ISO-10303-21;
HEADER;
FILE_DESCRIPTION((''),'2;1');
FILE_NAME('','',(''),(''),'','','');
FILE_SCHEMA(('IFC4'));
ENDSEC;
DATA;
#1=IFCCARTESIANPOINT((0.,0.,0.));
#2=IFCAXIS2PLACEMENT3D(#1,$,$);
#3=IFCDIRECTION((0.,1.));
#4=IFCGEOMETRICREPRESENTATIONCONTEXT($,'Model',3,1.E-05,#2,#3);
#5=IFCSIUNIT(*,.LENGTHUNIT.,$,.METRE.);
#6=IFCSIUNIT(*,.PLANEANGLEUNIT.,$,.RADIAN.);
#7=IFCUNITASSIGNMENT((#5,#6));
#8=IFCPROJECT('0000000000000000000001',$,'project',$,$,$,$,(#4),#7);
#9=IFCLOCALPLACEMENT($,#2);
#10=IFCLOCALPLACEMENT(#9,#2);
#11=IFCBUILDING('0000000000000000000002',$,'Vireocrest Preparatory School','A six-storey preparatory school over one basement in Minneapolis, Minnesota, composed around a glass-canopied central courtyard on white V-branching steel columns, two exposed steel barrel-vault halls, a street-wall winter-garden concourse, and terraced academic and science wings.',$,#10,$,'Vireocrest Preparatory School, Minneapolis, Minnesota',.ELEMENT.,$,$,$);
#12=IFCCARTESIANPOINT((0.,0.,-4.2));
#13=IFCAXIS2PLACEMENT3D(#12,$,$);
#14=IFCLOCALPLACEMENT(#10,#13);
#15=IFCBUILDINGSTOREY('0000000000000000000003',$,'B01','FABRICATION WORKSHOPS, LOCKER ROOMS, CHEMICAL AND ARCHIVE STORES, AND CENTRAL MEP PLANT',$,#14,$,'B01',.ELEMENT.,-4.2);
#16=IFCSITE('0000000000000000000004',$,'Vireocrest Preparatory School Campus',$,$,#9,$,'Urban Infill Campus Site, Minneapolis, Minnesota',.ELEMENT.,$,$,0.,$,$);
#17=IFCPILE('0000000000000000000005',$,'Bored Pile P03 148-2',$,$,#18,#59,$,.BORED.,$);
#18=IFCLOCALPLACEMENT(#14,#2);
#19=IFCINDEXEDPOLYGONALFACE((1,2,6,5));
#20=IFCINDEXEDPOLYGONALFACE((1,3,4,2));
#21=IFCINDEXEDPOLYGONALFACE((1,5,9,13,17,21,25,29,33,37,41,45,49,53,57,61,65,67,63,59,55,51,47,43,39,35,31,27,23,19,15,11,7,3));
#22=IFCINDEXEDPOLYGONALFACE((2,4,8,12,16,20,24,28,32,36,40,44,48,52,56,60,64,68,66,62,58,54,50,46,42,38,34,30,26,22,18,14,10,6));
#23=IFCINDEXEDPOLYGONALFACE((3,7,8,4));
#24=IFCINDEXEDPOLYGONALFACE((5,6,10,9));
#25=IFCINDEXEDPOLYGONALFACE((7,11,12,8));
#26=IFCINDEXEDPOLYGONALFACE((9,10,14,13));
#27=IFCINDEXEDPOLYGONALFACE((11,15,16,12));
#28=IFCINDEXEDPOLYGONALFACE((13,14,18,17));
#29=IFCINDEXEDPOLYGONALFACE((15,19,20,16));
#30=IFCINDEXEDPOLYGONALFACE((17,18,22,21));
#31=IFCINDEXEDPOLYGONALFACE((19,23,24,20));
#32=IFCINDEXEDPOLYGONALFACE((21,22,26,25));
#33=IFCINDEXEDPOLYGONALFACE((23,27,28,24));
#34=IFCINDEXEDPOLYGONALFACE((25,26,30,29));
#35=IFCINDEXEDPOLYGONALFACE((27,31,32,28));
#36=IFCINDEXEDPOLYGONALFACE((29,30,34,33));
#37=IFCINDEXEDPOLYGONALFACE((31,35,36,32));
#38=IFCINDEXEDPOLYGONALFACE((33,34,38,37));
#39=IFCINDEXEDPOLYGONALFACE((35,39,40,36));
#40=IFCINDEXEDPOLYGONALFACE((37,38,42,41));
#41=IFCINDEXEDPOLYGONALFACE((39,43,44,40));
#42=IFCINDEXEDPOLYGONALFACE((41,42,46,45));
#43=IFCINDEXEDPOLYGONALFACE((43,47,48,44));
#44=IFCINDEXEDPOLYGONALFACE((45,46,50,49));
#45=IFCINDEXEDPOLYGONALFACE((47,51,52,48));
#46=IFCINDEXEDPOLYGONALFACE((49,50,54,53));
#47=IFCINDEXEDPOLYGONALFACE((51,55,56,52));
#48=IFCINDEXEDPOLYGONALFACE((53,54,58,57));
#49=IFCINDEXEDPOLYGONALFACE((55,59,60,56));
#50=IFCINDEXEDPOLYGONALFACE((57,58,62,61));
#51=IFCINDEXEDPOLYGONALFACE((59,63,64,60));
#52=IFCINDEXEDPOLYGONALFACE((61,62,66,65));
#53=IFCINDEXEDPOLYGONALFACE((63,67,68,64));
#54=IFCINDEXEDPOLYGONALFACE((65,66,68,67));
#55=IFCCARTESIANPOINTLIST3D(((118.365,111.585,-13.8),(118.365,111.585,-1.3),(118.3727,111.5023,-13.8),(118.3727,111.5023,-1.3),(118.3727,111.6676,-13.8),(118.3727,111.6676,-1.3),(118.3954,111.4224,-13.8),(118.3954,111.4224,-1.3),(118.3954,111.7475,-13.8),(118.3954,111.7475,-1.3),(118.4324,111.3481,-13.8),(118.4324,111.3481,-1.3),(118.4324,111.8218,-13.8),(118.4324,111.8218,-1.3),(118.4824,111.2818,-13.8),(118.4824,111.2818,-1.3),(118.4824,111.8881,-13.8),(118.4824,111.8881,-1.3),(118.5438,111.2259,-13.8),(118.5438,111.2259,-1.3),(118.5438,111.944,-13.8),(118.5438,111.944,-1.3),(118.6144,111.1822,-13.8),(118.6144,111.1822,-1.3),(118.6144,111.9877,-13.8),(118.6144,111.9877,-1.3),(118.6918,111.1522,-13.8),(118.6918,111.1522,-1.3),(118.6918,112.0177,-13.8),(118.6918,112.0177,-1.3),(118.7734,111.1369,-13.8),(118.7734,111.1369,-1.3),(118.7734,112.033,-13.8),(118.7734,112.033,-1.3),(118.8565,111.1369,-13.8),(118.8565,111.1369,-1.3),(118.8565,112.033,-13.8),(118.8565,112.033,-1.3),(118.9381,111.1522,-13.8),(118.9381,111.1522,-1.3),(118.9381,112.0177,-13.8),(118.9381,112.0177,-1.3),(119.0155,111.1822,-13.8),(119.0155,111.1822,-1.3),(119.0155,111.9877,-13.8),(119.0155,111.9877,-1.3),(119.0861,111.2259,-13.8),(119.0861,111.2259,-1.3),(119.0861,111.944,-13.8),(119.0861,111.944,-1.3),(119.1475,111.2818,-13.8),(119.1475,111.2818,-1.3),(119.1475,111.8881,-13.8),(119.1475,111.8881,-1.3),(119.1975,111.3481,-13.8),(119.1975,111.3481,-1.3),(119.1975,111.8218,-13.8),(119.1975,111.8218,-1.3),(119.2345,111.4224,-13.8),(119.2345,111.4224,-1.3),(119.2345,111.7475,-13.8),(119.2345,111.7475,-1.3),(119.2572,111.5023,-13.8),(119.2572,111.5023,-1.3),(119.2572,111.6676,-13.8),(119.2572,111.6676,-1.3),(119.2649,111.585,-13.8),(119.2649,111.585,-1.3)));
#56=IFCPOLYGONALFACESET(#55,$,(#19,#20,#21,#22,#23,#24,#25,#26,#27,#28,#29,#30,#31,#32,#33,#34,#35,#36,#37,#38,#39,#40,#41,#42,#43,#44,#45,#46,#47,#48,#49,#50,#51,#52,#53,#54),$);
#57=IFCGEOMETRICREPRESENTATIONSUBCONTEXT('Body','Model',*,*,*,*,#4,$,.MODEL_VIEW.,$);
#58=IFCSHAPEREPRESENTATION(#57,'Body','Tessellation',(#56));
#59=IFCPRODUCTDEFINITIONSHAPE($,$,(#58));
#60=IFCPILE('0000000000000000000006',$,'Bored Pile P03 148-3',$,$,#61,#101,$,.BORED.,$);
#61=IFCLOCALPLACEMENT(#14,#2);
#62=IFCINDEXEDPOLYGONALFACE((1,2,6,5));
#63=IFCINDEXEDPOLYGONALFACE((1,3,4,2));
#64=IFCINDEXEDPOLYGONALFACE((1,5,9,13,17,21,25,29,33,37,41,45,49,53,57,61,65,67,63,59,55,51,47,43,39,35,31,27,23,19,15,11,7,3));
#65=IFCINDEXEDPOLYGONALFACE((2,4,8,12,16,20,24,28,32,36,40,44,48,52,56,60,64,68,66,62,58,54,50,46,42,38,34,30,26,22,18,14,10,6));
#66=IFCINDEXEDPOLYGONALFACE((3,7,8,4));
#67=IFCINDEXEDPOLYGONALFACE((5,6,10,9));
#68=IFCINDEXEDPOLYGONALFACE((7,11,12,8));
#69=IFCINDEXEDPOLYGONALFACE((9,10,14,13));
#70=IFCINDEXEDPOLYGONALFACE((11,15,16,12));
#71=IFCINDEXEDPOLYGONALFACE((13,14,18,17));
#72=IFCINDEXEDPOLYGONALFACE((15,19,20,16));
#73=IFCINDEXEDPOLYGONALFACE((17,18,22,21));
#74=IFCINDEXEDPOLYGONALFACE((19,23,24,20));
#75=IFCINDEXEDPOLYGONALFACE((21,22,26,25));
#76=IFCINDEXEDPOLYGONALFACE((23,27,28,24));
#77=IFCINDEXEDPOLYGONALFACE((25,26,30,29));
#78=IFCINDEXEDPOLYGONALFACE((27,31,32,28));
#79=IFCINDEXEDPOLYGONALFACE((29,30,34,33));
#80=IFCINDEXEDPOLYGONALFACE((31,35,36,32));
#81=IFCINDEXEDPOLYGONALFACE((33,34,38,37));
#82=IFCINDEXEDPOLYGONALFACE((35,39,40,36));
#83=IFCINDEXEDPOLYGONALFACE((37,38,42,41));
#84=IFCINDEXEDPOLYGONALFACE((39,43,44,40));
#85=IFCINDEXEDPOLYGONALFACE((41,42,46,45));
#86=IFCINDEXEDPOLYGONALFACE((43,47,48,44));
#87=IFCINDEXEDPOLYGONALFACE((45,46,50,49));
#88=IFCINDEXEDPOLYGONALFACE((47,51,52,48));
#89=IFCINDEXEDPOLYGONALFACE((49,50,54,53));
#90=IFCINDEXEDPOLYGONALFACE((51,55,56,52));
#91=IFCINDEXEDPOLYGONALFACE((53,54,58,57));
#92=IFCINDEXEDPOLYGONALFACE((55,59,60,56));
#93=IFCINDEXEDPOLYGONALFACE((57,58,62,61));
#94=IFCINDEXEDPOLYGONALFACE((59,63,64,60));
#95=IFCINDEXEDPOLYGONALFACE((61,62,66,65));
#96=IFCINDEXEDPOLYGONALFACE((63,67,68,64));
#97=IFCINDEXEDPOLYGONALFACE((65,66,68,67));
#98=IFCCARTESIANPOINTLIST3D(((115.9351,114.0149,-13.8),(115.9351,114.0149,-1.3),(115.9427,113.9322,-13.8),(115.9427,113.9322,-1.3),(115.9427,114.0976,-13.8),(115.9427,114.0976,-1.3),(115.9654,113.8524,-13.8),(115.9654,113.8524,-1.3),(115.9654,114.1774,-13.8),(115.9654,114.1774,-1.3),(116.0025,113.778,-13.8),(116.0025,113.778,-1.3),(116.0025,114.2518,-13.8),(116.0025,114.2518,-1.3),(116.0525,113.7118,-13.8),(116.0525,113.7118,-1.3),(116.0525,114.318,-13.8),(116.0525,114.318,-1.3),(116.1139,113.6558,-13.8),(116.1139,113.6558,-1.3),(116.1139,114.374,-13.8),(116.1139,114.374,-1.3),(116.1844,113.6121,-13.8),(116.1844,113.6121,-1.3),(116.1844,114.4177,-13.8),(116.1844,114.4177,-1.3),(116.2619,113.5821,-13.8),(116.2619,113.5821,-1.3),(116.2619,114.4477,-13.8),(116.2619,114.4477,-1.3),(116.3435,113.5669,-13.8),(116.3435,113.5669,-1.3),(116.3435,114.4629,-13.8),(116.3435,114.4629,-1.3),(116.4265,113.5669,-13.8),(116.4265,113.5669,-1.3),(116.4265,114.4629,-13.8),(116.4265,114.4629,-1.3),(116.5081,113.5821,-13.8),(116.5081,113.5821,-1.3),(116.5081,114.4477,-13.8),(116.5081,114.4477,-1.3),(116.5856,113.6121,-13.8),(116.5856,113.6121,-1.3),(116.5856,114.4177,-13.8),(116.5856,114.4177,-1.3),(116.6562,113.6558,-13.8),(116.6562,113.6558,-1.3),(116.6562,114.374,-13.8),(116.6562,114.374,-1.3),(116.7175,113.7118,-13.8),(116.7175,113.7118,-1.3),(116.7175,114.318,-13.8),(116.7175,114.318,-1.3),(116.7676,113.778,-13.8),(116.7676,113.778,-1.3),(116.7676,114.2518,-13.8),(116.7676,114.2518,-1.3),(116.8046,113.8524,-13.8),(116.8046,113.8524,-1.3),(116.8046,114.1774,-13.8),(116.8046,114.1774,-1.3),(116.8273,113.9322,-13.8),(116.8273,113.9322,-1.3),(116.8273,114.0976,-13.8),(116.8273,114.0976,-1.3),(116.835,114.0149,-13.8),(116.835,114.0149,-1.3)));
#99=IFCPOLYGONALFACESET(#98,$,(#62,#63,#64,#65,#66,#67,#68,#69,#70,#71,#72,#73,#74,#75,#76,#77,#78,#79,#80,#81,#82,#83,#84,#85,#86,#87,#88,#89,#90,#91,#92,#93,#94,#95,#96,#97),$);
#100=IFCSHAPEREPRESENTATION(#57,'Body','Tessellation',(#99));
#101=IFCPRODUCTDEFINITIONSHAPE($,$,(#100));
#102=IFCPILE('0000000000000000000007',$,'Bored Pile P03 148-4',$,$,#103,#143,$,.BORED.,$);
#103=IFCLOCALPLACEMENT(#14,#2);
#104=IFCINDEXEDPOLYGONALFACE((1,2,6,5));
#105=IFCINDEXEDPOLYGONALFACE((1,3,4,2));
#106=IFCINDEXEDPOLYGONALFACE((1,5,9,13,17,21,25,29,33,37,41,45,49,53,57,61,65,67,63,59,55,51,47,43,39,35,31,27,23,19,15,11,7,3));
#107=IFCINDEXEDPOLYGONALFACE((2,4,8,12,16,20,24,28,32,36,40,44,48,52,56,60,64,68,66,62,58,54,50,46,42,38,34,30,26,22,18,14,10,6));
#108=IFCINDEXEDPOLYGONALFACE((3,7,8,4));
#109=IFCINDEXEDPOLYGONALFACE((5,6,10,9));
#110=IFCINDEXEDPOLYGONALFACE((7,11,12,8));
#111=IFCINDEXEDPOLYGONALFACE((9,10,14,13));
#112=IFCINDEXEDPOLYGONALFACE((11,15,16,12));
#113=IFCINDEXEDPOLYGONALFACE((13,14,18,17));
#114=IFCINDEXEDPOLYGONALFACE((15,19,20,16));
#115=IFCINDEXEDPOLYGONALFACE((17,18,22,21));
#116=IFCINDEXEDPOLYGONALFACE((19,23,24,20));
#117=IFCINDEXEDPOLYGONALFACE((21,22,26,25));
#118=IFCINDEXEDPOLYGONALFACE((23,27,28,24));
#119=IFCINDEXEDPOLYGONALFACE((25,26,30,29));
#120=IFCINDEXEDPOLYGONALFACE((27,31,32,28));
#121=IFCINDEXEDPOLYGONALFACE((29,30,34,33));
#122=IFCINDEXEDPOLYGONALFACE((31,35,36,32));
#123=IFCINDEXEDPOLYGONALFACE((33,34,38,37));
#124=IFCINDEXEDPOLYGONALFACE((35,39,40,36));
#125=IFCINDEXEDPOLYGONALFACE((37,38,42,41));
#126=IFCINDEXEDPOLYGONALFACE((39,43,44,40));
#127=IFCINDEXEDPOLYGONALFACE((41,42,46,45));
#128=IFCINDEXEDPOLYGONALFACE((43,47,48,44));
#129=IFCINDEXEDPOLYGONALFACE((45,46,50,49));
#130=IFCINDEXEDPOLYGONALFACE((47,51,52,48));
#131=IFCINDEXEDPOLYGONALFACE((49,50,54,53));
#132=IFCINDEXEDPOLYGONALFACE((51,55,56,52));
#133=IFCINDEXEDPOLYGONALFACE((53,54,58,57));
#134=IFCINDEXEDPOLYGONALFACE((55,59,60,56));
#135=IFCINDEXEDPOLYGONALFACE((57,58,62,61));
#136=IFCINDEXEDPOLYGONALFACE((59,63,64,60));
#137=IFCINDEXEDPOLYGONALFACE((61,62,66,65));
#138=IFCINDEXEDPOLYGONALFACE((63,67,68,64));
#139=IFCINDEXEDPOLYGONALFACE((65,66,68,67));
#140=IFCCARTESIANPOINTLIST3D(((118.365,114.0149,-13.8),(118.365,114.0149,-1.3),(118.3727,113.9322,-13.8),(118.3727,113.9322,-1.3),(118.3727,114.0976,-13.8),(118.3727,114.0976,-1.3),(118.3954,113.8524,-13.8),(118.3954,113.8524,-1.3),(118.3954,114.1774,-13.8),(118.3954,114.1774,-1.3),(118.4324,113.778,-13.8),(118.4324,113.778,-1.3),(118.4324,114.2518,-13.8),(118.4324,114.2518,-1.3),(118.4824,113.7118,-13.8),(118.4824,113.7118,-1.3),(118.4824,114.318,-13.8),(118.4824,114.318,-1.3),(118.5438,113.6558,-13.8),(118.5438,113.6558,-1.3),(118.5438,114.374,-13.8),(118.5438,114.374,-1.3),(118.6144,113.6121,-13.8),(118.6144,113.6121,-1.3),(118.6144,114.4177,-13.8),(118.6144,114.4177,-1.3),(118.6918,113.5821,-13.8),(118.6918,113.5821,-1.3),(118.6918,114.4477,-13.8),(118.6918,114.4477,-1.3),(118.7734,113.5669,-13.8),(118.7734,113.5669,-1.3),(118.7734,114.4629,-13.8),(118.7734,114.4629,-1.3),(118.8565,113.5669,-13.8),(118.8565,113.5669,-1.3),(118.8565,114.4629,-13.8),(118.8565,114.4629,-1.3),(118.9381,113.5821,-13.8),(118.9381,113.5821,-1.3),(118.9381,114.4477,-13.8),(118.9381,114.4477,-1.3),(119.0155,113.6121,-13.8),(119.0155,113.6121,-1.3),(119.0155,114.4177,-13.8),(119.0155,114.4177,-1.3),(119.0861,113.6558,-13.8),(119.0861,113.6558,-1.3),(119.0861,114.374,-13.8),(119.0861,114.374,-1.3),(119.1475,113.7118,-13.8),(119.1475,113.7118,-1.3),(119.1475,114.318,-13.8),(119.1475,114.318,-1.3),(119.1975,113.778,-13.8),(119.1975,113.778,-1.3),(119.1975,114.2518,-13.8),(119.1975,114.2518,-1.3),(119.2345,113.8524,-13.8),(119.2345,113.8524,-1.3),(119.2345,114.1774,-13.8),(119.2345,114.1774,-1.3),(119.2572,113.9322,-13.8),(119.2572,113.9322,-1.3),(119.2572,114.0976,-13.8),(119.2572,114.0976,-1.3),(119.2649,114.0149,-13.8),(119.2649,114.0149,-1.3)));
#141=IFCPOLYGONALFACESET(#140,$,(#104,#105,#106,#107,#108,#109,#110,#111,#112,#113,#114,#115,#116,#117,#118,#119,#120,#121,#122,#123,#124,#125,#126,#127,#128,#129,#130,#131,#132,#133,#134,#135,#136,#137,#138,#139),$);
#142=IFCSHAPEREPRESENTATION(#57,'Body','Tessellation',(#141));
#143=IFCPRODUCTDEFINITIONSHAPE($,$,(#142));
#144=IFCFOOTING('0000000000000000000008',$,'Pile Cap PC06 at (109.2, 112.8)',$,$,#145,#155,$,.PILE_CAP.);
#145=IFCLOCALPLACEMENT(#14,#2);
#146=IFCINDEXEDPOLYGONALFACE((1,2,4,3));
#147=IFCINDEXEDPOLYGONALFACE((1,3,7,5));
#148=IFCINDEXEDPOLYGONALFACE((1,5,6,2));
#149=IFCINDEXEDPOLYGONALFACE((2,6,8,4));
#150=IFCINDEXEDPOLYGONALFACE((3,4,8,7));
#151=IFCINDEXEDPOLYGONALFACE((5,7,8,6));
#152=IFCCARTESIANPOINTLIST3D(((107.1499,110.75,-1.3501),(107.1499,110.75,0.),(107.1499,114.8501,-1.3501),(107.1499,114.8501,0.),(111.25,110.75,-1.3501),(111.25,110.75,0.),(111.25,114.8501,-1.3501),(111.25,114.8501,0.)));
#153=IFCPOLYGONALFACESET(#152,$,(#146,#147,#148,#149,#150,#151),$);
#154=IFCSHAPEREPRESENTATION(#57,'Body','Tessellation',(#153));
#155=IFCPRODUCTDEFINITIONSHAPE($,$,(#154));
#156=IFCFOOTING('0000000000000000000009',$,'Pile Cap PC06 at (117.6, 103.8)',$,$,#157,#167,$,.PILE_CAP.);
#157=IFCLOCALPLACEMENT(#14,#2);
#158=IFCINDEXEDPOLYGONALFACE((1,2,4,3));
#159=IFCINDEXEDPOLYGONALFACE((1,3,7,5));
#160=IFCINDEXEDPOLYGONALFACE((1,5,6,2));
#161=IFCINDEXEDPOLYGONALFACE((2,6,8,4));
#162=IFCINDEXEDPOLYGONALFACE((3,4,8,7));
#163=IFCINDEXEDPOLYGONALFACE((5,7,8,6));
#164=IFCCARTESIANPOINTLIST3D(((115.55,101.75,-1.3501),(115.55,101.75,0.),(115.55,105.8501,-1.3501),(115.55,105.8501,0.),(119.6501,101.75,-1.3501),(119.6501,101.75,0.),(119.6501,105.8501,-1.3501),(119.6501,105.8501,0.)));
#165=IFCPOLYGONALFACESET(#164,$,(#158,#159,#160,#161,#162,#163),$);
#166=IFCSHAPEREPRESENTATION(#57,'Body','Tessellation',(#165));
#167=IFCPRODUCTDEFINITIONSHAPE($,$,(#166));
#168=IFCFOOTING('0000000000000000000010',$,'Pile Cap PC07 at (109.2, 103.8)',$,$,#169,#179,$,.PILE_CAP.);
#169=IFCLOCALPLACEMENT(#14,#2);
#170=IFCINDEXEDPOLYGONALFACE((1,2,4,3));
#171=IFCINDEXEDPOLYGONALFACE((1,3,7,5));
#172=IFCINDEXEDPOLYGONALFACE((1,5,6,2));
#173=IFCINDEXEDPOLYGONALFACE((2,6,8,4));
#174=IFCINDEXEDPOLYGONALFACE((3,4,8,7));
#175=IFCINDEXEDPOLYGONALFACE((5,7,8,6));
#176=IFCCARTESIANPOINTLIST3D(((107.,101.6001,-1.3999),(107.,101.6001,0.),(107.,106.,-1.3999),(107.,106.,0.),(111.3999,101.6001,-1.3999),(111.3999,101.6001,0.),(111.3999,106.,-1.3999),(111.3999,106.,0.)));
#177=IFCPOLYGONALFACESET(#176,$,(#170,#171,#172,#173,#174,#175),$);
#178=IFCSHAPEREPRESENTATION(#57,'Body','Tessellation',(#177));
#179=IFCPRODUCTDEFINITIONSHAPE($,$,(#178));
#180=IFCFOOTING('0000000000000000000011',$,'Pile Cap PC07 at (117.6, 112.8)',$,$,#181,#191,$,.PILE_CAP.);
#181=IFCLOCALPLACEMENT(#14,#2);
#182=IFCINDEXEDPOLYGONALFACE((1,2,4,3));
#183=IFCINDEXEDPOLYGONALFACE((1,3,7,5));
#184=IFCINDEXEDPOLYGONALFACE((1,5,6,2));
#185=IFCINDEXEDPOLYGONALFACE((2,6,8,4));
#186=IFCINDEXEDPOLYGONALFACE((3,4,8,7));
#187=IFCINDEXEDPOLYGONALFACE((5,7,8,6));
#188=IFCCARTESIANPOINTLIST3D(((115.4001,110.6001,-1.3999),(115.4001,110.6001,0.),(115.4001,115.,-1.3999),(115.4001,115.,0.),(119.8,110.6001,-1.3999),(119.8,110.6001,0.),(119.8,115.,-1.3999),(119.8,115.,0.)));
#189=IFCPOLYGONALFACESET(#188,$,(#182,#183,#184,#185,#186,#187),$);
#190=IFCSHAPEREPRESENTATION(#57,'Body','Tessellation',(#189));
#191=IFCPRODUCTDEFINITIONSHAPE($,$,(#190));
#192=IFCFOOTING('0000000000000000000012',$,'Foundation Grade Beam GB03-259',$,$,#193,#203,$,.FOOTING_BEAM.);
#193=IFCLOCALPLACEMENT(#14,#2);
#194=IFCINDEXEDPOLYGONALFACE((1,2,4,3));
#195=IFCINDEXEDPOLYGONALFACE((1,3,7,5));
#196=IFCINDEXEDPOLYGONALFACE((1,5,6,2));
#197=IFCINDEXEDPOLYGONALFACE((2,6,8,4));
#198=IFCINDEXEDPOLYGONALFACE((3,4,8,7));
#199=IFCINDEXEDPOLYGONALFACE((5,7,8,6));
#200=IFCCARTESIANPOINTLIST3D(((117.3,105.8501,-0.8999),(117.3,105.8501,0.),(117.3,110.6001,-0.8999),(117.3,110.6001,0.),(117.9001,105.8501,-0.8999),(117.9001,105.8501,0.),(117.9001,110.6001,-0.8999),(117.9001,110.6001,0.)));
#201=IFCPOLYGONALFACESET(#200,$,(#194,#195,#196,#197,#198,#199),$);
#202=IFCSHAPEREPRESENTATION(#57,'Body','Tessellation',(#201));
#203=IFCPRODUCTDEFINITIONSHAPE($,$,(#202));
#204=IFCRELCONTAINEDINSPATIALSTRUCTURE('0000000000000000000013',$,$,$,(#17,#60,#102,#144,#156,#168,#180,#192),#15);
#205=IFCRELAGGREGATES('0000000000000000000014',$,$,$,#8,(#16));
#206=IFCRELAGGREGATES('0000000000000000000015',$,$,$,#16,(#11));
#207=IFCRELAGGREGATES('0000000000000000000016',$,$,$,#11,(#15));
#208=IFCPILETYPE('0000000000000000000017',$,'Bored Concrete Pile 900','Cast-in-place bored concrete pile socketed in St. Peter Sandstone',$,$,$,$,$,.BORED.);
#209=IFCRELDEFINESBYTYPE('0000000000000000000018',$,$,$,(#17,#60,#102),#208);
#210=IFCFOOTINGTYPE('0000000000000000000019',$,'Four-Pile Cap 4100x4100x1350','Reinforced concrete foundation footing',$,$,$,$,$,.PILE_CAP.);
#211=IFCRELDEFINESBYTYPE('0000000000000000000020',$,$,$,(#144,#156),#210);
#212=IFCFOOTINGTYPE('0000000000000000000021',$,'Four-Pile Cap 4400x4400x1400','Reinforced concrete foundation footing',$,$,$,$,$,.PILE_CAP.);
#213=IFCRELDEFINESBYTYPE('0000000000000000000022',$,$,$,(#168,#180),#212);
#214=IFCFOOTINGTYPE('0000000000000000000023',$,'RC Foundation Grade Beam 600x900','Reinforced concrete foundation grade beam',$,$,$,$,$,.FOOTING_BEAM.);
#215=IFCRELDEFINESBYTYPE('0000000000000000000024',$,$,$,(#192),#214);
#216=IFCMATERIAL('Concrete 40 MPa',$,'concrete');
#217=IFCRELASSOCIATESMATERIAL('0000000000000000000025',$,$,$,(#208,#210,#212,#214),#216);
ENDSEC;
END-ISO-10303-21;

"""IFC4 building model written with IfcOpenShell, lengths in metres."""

from ifc_helpers import new_model, si_unit, direction, frame, origin, origin_2d, place, context, subcontext, project, spatial, rectangle, circle, extrude, material, material_profile, profile_set, type_object, element, save


model = new_model("IFC4")

# Units and contexts
model_context = context("Model", 3, precision=1e-05, world=origin(), true_north=direction((0.0, 1.0)))
body_context = subcontext(model_context, "Body", "Model", "MODEL_VIEW")
ifc_project = project(units=[si_unit("LENGTHUNIT", "METRE"), si_unit("PLANEANGLEUNIT", "RADIAN")], contexts=[model_context])

# Site, building, storey
site_placement = place(None, origin())
site = spatial("IfcSite", under=ifc_project, at=site_placement, Name="Vireocrest Preparatory School Campus", LongName="Urban Infill Campus Site, Minneapolis, Minnesota", CompositionType="ELEMENT", RefElevation=0.0)
building_placement = place(site_placement, origin())
building = spatial("IfcBuilding", under=site, at=building_placement, Name="Vireocrest Preparatory School", Description="A six-storey preparatory school over one basement in Minneapolis, Minnesota, composed around a glass-canopied central courtyard on white V-branching steel columns, two exposed steel barrel-vault halls, a street-wall winter-garden concourse, and terraced academic and science wings.", LongName="Vireocrest Preparatory School, Minneapolis, Minnesota", CompositionType="ELEMENT")
storey_placement = place(building_placement, frame((0.0, 0.0, -4.2)))
storey = spatial("IfcBuildingStorey", under=building, at=storey_placement, Name="B01", Description="FABRICATION WORKSHOPS, LOCKER ROOMS, CHEMICAL AND ARCHIVE STORES, AND CENTRAL MEP PLANT", LongName="B01", CompositionType="ELEMENT", Elevation=-4.2)

# Piles
ifc_material_1 = material(Name="Concrete 40 MPa", Category="concrete")
ifc_material_profile_1 = material_profile(ifc_material_1, circle(Radius=0.45, at=origin_2d()), Name="BORED PILE 900")
ifc_profile_set_1 = profile_set([ifc_material_profile_1], Name="Concrete 40 MPa")
pile_type_1 = type_object("IfcPileType", Name="Bored Concrete Pile 900", Description="Cast-in-place bored concrete pile socketed in St. Peter Sandstone", PredefinedType="BORED", material=ifc_profile_set_1)
for number, where, z_axis, x_axis, name in (
    (1, (118.8149, 111.585, -1.3), (0.0, 0.0, -1.0), (1.0, 0.0, 0.0), "Bored Pile P03 148-2"),
    (2, (116.385, 114.0149, -1.3), (0.0, 0.0, -1.0), (1.0, 0.0, 0.0), "Bored Pile P03 148-3"),
    (3, (118.8149, 114.0149, -1.3), (0.0, 0.0, -1.0), (1.0, 0.0, 0.0), "Bored Pile P03 148-4"),
):
    element("IfcPile", number, at=place(storey_placement, frame(where, z_axis=z_axis, x_axis=x_axis)), inside=storey, type_object=pile_type_1, Name=name, PredefinedType="BORED", context=body_context, shape_type="SweptSolid", body=[
        extrude(circle(Radius=0.45, at=origin_2d()), origin(), (0.0, 0.0, 1.0), 12.5),
    ])

# Footings
footing_type_1 = type_object("IfcFootingType", Name="Four-Pile Cap 4100x4100x1350", Description="Reinforced concrete foundation footing", PredefinedType="PILE_CAP", material=ifc_material_1)
for number, where, z_axis, x_axis, name in (
    (4, (109.2, 112.8, -1.3501), (0.0, 0.0, 1.0), (1.0, 0.0, 0.0), "Pile Cap PC06 at (109.2, 112.8)"),
    (5, (117.6001, 103.8, -1.3501), (0.0, 0.0, 1.0), (1.0, 0.0, 0.0), "Pile Cap PC06 at (117.6, 103.8)"),
):
    element("IfcFooting", number, at=place(storey_placement, frame(where, z_axis=z_axis, x_axis=x_axis)), inside=storey, type_object=footing_type_1, Name=name, PredefinedType="PILE_CAP", context=body_context, shape_type="SweptSolid", body=[
        extrude(rectangle(XDim=4.1001, YDim=4.1001, at=origin_2d()), origin(), (0.0, 0.0, 1.0), 1.3501),
    ])
footing_type_2 = type_object("IfcFootingType", Name="Four-Pile Cap 4400x4400x1400", Description="Reinforced concrete foundation footing", PredefinedType="PILE_CAP", material=ifc_material_1)
for number, where, z_axis, x_axis, name in (
    (6, (109.2, 103.8, -1.3999), (0.0, 0.0, 1.0), (1.0, 0.0, 0.0), "Pile Cap PC07 at (109.2, 103.8)"),
    (7, (117.6001, 112.8, -1.3999), (0.0, 0.0, 1.0), (1.0, 0.0, 0.0), "Pile Cap PC07 at (117.6, 112.8)"),
):
    element("IfcFooting", number, at=place(storey_placement, frame(where, z_axis=z_axis, x_axis=x_axis)), inside=storey, type_object=footing_type_2, Name=name, PredefinedType="PILE_CAP", context=body_context, shape_type="SweptSolid", body=[
        extrude(rectangle(XDim=4.3999, YDim=4.3999, at=origin_2d()), origin(), (0.0, 0.0, 1.0), 1.3999),
    ])
ifc_material_profile_2 = material_profile(ifc_material_1, rectangle(XDim=0.6001, YDim=0.8999, at=origin_2d()), Name="GB 600x900")
ifc_profile_set_2 = profile_set([ifc_material_profile_2], Name="Concrete 40 MPa")
footing_type_3 = type_object("IfcFootingType", Name="RC Foundation Grade Beam 600x900", Description="Reinforced concrete foundation grade beam", PredefinedType="FOOTING_BEAM", material=ifc_profile_set_2)
footing_1_placement = place(storey_placement, frame((117.6001, 105.8501, -0.45), z_axis=(0.0, 1.0, 0.0), x_axis=(-1.0, 0.0, 0.0)))
element("IfcFooting", 8, at=footing_1_placement, inside=storey, type_object=footing_type_3, Name="Foundation Grade Beam GB03-259", PredefinedType="FOOTING_BEAM", context=body_context, shape_type="SweptSolid", body=[
    extrude(rectangle(XDim=0.6001, YDim=0.8999, at=origin_2d()), origin(), (0.0, 0.0, 1.0), 4.75),
])

save(model, "model.ifc")
